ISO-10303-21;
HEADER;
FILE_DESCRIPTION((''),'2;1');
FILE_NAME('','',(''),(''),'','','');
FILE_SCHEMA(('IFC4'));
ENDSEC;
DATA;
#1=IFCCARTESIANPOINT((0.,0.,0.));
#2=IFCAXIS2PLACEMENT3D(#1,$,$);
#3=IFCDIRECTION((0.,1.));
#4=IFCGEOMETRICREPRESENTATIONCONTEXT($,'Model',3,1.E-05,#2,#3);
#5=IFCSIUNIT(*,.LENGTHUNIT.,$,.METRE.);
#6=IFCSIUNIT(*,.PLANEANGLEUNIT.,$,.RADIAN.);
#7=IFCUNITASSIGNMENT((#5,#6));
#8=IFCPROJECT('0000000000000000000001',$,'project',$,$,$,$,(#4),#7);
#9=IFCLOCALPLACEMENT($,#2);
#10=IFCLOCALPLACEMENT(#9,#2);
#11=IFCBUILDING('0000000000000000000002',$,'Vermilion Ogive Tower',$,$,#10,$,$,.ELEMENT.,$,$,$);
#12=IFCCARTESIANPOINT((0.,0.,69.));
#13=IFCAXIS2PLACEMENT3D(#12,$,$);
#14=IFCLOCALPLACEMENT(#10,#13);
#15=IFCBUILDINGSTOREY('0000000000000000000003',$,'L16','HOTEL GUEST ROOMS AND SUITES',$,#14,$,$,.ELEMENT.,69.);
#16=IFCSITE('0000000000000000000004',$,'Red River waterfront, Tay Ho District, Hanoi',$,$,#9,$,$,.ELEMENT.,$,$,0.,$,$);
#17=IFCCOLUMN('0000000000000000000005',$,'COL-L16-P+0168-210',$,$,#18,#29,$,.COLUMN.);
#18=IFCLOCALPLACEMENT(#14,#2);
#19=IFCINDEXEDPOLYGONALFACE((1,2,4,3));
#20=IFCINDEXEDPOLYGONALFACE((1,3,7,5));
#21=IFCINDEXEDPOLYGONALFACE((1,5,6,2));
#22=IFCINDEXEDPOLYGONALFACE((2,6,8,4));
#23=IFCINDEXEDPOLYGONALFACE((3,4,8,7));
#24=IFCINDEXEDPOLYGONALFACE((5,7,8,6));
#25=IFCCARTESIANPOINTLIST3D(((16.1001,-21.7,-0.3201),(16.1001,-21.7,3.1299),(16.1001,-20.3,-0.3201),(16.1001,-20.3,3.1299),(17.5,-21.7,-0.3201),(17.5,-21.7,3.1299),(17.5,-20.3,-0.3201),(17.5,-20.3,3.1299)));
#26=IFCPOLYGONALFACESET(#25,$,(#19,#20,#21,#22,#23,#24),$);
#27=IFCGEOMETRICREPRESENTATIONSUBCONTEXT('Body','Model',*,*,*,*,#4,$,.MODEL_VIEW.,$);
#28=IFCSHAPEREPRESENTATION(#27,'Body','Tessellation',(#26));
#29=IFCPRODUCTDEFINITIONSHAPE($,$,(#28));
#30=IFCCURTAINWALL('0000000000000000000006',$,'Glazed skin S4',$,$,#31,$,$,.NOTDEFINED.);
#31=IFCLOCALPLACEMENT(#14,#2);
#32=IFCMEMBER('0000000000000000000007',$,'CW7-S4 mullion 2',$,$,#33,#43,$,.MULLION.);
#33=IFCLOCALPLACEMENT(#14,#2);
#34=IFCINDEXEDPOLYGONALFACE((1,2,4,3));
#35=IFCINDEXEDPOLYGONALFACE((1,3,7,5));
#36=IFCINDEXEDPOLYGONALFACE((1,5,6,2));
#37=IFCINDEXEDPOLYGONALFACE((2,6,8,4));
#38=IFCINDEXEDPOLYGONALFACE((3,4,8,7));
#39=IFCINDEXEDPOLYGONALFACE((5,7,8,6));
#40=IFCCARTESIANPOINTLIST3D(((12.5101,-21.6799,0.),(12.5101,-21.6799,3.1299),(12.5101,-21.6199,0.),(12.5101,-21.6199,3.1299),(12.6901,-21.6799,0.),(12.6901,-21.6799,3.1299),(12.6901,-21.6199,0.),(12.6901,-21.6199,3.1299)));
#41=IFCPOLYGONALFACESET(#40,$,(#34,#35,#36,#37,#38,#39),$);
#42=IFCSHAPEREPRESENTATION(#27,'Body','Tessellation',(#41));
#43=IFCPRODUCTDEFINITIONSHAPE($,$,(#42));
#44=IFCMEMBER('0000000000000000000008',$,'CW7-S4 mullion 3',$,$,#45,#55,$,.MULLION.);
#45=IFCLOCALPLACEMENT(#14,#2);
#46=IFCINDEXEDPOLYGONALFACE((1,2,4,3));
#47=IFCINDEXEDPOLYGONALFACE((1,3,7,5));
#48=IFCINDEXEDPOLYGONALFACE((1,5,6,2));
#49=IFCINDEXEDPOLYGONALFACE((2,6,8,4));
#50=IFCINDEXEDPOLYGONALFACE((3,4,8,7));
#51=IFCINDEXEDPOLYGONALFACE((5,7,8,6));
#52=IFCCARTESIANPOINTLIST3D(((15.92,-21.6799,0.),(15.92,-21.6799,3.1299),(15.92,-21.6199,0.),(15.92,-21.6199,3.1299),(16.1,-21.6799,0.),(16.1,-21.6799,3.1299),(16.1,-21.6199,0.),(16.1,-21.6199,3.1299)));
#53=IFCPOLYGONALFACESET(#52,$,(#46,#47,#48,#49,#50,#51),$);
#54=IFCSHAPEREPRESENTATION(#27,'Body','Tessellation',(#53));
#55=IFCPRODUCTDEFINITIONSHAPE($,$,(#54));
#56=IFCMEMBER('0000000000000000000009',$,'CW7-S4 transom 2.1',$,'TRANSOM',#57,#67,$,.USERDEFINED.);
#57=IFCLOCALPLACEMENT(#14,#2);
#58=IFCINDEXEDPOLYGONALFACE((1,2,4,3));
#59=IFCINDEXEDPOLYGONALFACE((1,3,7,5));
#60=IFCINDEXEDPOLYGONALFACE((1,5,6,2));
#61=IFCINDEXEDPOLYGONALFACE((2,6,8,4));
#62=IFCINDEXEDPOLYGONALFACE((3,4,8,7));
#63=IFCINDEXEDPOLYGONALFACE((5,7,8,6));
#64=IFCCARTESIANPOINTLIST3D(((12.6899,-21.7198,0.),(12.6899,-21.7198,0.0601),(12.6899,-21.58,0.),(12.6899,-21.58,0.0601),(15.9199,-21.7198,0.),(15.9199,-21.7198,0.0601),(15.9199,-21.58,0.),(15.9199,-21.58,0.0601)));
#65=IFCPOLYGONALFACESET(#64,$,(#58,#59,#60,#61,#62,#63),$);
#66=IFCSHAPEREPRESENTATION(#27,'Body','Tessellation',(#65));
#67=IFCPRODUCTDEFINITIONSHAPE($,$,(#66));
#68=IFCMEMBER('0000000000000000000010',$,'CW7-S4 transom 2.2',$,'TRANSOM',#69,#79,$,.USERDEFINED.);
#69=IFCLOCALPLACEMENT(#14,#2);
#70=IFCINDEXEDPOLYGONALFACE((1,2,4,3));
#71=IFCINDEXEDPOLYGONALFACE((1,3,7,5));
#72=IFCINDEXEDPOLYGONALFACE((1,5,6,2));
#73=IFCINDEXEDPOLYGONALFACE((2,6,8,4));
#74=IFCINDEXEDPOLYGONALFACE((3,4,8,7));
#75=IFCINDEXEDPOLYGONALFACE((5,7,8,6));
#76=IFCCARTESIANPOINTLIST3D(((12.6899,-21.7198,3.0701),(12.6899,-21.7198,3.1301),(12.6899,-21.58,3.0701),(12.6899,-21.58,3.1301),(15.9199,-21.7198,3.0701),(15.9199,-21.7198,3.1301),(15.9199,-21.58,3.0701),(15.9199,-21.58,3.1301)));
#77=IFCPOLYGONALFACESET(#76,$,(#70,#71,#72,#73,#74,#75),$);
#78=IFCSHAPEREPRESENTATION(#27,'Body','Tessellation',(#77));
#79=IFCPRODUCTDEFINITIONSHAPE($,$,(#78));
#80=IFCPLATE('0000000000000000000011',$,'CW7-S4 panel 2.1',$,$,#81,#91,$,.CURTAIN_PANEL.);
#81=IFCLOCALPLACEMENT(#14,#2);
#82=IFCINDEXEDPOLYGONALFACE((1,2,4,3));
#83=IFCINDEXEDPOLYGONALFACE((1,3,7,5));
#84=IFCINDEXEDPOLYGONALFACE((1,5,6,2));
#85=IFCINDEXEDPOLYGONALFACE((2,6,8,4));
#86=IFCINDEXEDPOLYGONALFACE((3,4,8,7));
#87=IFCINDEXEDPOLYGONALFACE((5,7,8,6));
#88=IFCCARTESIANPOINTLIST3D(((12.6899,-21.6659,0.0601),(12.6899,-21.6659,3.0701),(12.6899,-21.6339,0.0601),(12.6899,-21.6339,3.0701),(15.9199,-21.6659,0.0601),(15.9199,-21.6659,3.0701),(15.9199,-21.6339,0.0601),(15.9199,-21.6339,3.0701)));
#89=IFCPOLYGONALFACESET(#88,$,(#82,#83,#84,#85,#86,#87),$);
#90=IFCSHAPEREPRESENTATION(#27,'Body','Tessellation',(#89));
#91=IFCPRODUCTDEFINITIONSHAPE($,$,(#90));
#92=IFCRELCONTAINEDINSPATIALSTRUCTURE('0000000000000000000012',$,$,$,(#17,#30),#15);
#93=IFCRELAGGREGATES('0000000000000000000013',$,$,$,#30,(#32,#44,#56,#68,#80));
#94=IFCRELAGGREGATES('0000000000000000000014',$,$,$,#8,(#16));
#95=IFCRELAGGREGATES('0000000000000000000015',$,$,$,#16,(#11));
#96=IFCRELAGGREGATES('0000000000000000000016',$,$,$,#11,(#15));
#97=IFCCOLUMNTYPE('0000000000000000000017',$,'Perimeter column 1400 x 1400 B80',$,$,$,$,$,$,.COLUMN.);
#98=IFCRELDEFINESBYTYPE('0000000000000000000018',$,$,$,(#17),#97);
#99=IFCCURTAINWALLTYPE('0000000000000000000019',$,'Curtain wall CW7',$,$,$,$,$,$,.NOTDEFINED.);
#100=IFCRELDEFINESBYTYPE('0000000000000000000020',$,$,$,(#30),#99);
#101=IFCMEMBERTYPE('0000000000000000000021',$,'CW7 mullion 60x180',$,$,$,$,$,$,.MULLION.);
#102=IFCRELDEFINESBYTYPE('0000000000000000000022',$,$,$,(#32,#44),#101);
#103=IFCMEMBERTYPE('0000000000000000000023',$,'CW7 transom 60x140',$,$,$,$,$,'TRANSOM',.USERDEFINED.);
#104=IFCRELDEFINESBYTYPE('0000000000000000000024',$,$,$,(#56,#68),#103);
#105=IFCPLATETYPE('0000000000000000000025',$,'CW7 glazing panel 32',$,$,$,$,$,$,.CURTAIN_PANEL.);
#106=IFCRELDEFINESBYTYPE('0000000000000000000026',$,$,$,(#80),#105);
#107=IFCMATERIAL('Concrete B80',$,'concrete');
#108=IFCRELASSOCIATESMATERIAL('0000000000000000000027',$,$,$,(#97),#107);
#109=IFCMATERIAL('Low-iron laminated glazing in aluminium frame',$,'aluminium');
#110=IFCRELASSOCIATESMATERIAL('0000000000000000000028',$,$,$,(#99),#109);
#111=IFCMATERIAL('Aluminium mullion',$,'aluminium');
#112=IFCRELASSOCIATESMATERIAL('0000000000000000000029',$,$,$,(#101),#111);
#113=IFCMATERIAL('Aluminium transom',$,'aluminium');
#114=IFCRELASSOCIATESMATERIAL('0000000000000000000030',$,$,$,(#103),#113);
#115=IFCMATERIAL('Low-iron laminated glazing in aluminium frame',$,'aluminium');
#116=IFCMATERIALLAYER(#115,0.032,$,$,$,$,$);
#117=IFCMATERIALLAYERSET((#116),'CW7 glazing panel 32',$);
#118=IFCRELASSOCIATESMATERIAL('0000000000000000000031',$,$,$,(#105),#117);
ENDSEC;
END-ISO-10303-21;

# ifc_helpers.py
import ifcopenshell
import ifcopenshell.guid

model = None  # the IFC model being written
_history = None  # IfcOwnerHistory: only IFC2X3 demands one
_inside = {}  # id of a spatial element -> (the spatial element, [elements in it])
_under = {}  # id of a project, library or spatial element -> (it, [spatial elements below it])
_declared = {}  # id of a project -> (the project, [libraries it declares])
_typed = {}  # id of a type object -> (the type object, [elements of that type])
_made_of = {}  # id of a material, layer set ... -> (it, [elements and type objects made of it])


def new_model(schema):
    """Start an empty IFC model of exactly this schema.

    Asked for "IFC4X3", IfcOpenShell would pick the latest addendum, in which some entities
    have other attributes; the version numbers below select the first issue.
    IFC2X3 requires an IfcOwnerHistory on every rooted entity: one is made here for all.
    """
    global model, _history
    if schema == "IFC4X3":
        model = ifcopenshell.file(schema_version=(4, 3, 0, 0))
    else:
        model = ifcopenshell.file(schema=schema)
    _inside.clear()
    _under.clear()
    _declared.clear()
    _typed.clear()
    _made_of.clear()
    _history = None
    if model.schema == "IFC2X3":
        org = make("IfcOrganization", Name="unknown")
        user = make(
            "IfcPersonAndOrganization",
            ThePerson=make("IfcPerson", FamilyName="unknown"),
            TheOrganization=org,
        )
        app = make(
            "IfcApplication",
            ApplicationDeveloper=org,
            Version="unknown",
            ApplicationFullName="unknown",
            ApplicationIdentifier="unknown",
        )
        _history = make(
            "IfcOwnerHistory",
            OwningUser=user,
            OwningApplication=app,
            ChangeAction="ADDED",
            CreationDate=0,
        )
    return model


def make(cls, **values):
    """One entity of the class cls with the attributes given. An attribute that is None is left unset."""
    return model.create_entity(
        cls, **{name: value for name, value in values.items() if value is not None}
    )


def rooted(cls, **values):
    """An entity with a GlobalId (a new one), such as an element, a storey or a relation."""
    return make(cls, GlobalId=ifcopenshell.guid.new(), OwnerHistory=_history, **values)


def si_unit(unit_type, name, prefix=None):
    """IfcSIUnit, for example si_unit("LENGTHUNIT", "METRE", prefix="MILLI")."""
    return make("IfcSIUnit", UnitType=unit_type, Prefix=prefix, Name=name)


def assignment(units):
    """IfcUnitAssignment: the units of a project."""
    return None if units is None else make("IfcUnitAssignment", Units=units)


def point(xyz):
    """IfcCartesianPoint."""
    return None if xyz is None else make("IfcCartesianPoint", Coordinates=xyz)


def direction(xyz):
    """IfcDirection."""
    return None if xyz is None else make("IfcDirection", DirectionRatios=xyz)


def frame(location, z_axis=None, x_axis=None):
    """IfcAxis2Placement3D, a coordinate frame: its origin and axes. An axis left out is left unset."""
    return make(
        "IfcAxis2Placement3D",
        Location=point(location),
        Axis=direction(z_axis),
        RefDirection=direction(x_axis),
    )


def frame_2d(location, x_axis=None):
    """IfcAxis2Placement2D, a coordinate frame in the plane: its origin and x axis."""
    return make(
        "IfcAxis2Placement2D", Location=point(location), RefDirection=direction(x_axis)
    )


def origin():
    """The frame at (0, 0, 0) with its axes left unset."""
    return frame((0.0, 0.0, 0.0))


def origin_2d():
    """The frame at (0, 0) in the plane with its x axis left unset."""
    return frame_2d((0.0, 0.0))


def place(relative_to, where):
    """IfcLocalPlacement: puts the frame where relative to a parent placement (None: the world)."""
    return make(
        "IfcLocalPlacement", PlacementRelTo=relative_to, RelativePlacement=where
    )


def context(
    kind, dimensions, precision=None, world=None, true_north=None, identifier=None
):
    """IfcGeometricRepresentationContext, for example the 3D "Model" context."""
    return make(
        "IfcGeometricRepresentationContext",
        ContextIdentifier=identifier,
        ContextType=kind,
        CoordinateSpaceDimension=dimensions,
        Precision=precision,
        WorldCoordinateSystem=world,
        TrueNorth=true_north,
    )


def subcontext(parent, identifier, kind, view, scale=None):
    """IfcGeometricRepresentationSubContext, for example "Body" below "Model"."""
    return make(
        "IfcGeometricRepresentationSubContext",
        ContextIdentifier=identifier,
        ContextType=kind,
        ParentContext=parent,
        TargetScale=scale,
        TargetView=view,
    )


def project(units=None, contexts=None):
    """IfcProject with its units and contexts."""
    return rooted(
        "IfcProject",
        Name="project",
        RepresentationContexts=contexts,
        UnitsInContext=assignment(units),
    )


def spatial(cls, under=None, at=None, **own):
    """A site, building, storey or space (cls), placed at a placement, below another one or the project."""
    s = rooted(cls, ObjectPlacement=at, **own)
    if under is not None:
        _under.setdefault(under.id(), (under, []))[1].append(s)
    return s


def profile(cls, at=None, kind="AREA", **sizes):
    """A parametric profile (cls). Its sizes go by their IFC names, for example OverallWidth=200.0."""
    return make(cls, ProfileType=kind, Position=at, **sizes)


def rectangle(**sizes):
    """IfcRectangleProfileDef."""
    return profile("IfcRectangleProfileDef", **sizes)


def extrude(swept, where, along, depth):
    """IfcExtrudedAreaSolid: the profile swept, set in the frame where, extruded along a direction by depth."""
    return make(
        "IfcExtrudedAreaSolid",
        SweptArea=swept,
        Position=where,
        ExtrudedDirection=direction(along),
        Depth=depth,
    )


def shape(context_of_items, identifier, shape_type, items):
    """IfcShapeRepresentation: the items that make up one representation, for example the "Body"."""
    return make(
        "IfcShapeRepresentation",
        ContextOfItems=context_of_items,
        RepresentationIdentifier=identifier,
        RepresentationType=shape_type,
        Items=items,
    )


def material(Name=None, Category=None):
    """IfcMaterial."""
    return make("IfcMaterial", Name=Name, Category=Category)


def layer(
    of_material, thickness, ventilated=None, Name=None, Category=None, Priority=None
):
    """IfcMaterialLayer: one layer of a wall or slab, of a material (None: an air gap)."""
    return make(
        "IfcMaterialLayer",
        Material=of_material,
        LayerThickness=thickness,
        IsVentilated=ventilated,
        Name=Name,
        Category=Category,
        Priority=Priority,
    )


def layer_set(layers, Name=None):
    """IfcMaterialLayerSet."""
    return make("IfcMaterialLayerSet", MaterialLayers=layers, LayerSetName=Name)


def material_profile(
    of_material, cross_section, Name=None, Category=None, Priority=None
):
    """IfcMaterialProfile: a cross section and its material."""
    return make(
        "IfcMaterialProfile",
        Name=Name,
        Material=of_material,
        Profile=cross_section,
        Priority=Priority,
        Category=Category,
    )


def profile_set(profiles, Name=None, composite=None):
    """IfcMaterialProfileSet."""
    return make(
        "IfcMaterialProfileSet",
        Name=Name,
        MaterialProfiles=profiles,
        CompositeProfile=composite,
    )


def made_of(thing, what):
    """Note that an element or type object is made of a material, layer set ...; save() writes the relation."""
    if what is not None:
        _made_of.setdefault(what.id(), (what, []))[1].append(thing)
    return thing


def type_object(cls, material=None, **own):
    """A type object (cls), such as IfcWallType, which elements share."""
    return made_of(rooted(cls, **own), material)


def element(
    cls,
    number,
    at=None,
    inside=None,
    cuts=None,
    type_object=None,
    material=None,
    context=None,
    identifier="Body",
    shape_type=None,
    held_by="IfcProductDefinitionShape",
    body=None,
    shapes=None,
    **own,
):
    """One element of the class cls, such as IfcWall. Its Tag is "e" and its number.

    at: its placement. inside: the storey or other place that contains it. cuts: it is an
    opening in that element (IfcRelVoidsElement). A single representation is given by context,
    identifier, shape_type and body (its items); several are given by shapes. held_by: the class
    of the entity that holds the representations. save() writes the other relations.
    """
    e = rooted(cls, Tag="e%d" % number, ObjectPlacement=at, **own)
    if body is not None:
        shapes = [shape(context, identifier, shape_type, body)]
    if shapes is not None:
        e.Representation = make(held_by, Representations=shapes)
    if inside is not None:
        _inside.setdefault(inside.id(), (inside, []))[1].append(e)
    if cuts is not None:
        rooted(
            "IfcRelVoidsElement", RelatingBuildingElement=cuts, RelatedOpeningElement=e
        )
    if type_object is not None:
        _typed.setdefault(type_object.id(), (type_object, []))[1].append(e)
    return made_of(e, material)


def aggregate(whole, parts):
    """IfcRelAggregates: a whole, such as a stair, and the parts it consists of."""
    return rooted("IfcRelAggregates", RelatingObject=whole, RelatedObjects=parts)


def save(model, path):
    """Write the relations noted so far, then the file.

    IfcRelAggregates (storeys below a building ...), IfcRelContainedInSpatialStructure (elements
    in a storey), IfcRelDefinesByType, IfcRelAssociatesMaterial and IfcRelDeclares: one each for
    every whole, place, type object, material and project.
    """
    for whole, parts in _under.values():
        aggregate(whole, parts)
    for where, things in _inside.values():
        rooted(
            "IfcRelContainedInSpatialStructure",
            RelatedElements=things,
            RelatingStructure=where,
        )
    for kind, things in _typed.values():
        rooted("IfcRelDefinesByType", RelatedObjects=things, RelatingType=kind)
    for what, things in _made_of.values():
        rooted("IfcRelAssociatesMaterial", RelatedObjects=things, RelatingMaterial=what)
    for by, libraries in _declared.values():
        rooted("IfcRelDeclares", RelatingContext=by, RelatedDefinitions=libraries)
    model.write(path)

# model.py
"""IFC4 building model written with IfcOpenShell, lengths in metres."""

from ifc_helpers import new_model, si_unit, direction, frame, origin, origin_2d, place, context, subcontext, project, spatial, rectangle, extrude, material, layer, layer_set, material_profile, profile_set, type_object, element, aggregate, save


model = new_model("IFC4")

# Units and contexts
model_context = context("Model", 3, precision=1e-05, world=origin(), true_north=direction((0.0, 1.0)))
body_context = subcontext(model_context, "Body", "Model", "MODEL_VIEW")
ifc_project = project(units=[si_unit("LENGTHUNIT", "METRE"), si_unit("PLANEANGLEUNIT", "RADIAN")], contexts=[model_context])

# Site, building, storey
site_placement = place(None, origin())
site = spatial("IfcSite", under=ifc_project, at=site_placement, Name="Red River waterfront, Tay Ho District, Hanoi", CompositionType="ELEMENT", RefElevation=0.0)
building_placement = place(site_placement, origin())
building = spatial("IfcBuilding", under=site, at=building_placement, Name="Vermilion Ogive Tower", CompositionType="ELEMENT")
storey_placement = place(building_placement, frame((0.0, 0.0, 69.0)))
storey = spatial("IfcBuildingStorey", under=building, at=storey_placement, Name="L16", Description="HOTEL GUEST ROOMS AND SUITES", CompositionType="ELEMENT", Elevation=69.0)

# Column
ifc_material_1 = material(Name="Concrete B80", Category="concrete")
ifc_material_profile_1 = material_profile(ifc_material_1, rectangle(XDim=1.3999, YDim=1.3999, at=origin_2d()), Name="1400 x 1400")
ifc_profile_set_1 = profile_set([ifc_material_profile_1], Name="Concrete B80")
column_type = type_object("IfcColumnType", Name="Perimeter column 1400 x 1400 B80", PredefinedType="COLUMN", material=ifc_profile_set_1)
column_placement = place(storey_placement, frame((16.8, -21.0, -0.3201), z_axis=(0.0, 0.0, 1.0), x_axis=(1.0, 0.0, 0.0)))
element("IfcColumn", 1, at=column_placement, inside=storey, type_object=column_type, Name="COL-L16-P+0168-210", PredefinedType="COLUMN", context=body_context, shape_type="SweptSolid", body=[
    extrude(rectangle(XDim=1.3999, YDim=1.3999, at=origin_2d()), origin(), (0.0, 0.0, 1.0), 3.45),
])

# Curtain wall, members, plate
ifc_material_2 = material(Name="Low-iron laminated glazing in aluminium frame", Category="aluminium")
curtain_wall_type = type_object("IfcCurtainWallType", Name="Curtain wall CW7", PredefinedType="NOTDEFINED", material=ifc_material_2)
curtain_wall_placement = place(storey_placement, origin())
curtain_wall = element("IfcCurtainWall", 2, at=curtain_wall_placement, inside=storey, type_object=curtain_wall_type, Name="Glazed skin S4", PredefinedType="NOTDEFINED")
ifc_material_3 = material(Name="Aluminium mullion", Category="aluminium")
ifc_material_profile_2 = material_profile(ifc_material_3, rectangle(XDim=0.0601, YDim=0.1799, at=origin_2d()), Name="AL 60x180")
ifc_profile_set_2 = profile_set([ifc_material_profile_2], Name="Aluminium mullion")
member_type_1 = type_object("IfcMemberType", Name="CW7 mullion 60x180", PredefinedType="MULLION", material=ifc_profile_set_2)
member_1_placement = place(storey_placement, frame((12.6001, -21.6499, 0.0), z_axis=(0.0, 0.0, 1.0), x_axis=(0.0, 1.0, 0.0)))
member_1 = element("IfcMember", 3, at=member_1_placement, type_object=member_type_1, Name="CW7-S4 mullion 2", PredefinedType="MULLION", context=body_context, shape_type="SweptSolid", body=[
    extrude(rectangle(XDim=0.0601, YDim=0.1799, at=origin_2d()), origin(), (0.0, 0.0, 1.0), 3.1299),
])
member_2_placement = place(storey_placement, frame((16.01, -21.6499, 0.0), z_axis=(0.0, 0.0, 1.0), x_axis=(0.0, 1.0, 0.0)))
member_2 = element("IfcMember", 4, at=member_2_placement, type_object=member_type_1, Name="CW7-S4 mullion 3", PredefinedType="MULLION", context=body_context, shape_type="SweptSolid", body=[
    extrude(rectangle(XDim=0.0601, YDim=0.1799, at=origin_2d()), origin(), (0.0, 0.0, 1.0), 3.1299),
])
ifc_material_4 = material(Name="Aluminium transom", Category="aluminium")
ifc_material_profile_3 = material_profile(ifc_material_4, rectangle(XDim=0.1399, YDim=0.0601, at=origin_2d()), Name="AL 60x140")
ifc_profile_set_3 = profile_set([ifc_material_profile_3], Name="Aluminium transom")
member_type_2 = type_object("IfcMemberType", Name="CW7 transom 60x140", ElementType="TRANSOM", PredefinedType="USERDEFINED", material=ifc_profile_set_3)
member_3_placement = place(storey_placement, frame((12.6899, -21.6499, 0.03), z_axis=(1.0, 0.0, 0.0), x_axis=(0.0, 1.0, 0.0)))
member_3 = element("IfcMember", 5, at=member_3_placement, type_object=member_type_2, Name="CW7-S4 transom 2.1", ObjectType="TRANSOM", PredefinedType="USERDEFINED", context=body_context, shape_type="SweptSolid", body=[
    extrude(rectangle(XDim=0.1399, YDim=0.0601, at=origin_2d()), origin(), (0.0, 0.0, 1.0), 3.23),
])
member_4_placement = place(storey_placement, frame((12.6899, -21.6499, 3.1001), z_axis=(1.0, 0.0, 0.0), x_axis=(0.0, 1.0, 0.0)))
member_4 = element("IfcMember", 6, at=member_4_placement, type_object=member_type_2, Name="CW7-S4 transom 2.2", ObjectType="TRANSOM", PredefinedType="USERDEFINED", context=body_context, shape_type="SweptSolid", body=[
    extrude(rectangle(XDim=0.1399, YDim=0.0601, at=origin_2d()), origin(), (0.0, 0.0, 1.0), 3.23),
])
ifc_material_5 = material(Name="Low-iron laminated glazing in aluminium frame", Category="aluminium")
ifc_layer_1 = layer(ifc_material_5, 0.032)
ifc_layer_set_1 = layer_set([ifc_layer_1], Name="CW7 glazing panel 32")
plate_type = type_object("IfcPlateType", Name="CW7 glazing panel 32", PredefinedType="CURTAIN_PANEL", material=ifc_layer_set_1)
plate_placement = place(storey_placement, frame((14.3049, -21.6499, 0.0601), z_axis=(0.0, 0.0, 1.0), x_axis=(1.0, 0.0, 0.0)))
plate = element("IfcPlate", 7, at=plate_placement, type_object=plate_type, Name="CW7-S4 panel 2.1", PredefinedType="CURTAIN_PANEL", context=body_context, shape_type="SweptSolid", body=[
    extrude(rectangle(XDim=3.23, YDim=0.032, at=origin_2d()), origin(), (0.0, 0.0, 1.0), 3.01),
])
aggregate(curtain_wall, [member_1, member_2, member_3, member_4, plate])

save(model, "model.ifc")
